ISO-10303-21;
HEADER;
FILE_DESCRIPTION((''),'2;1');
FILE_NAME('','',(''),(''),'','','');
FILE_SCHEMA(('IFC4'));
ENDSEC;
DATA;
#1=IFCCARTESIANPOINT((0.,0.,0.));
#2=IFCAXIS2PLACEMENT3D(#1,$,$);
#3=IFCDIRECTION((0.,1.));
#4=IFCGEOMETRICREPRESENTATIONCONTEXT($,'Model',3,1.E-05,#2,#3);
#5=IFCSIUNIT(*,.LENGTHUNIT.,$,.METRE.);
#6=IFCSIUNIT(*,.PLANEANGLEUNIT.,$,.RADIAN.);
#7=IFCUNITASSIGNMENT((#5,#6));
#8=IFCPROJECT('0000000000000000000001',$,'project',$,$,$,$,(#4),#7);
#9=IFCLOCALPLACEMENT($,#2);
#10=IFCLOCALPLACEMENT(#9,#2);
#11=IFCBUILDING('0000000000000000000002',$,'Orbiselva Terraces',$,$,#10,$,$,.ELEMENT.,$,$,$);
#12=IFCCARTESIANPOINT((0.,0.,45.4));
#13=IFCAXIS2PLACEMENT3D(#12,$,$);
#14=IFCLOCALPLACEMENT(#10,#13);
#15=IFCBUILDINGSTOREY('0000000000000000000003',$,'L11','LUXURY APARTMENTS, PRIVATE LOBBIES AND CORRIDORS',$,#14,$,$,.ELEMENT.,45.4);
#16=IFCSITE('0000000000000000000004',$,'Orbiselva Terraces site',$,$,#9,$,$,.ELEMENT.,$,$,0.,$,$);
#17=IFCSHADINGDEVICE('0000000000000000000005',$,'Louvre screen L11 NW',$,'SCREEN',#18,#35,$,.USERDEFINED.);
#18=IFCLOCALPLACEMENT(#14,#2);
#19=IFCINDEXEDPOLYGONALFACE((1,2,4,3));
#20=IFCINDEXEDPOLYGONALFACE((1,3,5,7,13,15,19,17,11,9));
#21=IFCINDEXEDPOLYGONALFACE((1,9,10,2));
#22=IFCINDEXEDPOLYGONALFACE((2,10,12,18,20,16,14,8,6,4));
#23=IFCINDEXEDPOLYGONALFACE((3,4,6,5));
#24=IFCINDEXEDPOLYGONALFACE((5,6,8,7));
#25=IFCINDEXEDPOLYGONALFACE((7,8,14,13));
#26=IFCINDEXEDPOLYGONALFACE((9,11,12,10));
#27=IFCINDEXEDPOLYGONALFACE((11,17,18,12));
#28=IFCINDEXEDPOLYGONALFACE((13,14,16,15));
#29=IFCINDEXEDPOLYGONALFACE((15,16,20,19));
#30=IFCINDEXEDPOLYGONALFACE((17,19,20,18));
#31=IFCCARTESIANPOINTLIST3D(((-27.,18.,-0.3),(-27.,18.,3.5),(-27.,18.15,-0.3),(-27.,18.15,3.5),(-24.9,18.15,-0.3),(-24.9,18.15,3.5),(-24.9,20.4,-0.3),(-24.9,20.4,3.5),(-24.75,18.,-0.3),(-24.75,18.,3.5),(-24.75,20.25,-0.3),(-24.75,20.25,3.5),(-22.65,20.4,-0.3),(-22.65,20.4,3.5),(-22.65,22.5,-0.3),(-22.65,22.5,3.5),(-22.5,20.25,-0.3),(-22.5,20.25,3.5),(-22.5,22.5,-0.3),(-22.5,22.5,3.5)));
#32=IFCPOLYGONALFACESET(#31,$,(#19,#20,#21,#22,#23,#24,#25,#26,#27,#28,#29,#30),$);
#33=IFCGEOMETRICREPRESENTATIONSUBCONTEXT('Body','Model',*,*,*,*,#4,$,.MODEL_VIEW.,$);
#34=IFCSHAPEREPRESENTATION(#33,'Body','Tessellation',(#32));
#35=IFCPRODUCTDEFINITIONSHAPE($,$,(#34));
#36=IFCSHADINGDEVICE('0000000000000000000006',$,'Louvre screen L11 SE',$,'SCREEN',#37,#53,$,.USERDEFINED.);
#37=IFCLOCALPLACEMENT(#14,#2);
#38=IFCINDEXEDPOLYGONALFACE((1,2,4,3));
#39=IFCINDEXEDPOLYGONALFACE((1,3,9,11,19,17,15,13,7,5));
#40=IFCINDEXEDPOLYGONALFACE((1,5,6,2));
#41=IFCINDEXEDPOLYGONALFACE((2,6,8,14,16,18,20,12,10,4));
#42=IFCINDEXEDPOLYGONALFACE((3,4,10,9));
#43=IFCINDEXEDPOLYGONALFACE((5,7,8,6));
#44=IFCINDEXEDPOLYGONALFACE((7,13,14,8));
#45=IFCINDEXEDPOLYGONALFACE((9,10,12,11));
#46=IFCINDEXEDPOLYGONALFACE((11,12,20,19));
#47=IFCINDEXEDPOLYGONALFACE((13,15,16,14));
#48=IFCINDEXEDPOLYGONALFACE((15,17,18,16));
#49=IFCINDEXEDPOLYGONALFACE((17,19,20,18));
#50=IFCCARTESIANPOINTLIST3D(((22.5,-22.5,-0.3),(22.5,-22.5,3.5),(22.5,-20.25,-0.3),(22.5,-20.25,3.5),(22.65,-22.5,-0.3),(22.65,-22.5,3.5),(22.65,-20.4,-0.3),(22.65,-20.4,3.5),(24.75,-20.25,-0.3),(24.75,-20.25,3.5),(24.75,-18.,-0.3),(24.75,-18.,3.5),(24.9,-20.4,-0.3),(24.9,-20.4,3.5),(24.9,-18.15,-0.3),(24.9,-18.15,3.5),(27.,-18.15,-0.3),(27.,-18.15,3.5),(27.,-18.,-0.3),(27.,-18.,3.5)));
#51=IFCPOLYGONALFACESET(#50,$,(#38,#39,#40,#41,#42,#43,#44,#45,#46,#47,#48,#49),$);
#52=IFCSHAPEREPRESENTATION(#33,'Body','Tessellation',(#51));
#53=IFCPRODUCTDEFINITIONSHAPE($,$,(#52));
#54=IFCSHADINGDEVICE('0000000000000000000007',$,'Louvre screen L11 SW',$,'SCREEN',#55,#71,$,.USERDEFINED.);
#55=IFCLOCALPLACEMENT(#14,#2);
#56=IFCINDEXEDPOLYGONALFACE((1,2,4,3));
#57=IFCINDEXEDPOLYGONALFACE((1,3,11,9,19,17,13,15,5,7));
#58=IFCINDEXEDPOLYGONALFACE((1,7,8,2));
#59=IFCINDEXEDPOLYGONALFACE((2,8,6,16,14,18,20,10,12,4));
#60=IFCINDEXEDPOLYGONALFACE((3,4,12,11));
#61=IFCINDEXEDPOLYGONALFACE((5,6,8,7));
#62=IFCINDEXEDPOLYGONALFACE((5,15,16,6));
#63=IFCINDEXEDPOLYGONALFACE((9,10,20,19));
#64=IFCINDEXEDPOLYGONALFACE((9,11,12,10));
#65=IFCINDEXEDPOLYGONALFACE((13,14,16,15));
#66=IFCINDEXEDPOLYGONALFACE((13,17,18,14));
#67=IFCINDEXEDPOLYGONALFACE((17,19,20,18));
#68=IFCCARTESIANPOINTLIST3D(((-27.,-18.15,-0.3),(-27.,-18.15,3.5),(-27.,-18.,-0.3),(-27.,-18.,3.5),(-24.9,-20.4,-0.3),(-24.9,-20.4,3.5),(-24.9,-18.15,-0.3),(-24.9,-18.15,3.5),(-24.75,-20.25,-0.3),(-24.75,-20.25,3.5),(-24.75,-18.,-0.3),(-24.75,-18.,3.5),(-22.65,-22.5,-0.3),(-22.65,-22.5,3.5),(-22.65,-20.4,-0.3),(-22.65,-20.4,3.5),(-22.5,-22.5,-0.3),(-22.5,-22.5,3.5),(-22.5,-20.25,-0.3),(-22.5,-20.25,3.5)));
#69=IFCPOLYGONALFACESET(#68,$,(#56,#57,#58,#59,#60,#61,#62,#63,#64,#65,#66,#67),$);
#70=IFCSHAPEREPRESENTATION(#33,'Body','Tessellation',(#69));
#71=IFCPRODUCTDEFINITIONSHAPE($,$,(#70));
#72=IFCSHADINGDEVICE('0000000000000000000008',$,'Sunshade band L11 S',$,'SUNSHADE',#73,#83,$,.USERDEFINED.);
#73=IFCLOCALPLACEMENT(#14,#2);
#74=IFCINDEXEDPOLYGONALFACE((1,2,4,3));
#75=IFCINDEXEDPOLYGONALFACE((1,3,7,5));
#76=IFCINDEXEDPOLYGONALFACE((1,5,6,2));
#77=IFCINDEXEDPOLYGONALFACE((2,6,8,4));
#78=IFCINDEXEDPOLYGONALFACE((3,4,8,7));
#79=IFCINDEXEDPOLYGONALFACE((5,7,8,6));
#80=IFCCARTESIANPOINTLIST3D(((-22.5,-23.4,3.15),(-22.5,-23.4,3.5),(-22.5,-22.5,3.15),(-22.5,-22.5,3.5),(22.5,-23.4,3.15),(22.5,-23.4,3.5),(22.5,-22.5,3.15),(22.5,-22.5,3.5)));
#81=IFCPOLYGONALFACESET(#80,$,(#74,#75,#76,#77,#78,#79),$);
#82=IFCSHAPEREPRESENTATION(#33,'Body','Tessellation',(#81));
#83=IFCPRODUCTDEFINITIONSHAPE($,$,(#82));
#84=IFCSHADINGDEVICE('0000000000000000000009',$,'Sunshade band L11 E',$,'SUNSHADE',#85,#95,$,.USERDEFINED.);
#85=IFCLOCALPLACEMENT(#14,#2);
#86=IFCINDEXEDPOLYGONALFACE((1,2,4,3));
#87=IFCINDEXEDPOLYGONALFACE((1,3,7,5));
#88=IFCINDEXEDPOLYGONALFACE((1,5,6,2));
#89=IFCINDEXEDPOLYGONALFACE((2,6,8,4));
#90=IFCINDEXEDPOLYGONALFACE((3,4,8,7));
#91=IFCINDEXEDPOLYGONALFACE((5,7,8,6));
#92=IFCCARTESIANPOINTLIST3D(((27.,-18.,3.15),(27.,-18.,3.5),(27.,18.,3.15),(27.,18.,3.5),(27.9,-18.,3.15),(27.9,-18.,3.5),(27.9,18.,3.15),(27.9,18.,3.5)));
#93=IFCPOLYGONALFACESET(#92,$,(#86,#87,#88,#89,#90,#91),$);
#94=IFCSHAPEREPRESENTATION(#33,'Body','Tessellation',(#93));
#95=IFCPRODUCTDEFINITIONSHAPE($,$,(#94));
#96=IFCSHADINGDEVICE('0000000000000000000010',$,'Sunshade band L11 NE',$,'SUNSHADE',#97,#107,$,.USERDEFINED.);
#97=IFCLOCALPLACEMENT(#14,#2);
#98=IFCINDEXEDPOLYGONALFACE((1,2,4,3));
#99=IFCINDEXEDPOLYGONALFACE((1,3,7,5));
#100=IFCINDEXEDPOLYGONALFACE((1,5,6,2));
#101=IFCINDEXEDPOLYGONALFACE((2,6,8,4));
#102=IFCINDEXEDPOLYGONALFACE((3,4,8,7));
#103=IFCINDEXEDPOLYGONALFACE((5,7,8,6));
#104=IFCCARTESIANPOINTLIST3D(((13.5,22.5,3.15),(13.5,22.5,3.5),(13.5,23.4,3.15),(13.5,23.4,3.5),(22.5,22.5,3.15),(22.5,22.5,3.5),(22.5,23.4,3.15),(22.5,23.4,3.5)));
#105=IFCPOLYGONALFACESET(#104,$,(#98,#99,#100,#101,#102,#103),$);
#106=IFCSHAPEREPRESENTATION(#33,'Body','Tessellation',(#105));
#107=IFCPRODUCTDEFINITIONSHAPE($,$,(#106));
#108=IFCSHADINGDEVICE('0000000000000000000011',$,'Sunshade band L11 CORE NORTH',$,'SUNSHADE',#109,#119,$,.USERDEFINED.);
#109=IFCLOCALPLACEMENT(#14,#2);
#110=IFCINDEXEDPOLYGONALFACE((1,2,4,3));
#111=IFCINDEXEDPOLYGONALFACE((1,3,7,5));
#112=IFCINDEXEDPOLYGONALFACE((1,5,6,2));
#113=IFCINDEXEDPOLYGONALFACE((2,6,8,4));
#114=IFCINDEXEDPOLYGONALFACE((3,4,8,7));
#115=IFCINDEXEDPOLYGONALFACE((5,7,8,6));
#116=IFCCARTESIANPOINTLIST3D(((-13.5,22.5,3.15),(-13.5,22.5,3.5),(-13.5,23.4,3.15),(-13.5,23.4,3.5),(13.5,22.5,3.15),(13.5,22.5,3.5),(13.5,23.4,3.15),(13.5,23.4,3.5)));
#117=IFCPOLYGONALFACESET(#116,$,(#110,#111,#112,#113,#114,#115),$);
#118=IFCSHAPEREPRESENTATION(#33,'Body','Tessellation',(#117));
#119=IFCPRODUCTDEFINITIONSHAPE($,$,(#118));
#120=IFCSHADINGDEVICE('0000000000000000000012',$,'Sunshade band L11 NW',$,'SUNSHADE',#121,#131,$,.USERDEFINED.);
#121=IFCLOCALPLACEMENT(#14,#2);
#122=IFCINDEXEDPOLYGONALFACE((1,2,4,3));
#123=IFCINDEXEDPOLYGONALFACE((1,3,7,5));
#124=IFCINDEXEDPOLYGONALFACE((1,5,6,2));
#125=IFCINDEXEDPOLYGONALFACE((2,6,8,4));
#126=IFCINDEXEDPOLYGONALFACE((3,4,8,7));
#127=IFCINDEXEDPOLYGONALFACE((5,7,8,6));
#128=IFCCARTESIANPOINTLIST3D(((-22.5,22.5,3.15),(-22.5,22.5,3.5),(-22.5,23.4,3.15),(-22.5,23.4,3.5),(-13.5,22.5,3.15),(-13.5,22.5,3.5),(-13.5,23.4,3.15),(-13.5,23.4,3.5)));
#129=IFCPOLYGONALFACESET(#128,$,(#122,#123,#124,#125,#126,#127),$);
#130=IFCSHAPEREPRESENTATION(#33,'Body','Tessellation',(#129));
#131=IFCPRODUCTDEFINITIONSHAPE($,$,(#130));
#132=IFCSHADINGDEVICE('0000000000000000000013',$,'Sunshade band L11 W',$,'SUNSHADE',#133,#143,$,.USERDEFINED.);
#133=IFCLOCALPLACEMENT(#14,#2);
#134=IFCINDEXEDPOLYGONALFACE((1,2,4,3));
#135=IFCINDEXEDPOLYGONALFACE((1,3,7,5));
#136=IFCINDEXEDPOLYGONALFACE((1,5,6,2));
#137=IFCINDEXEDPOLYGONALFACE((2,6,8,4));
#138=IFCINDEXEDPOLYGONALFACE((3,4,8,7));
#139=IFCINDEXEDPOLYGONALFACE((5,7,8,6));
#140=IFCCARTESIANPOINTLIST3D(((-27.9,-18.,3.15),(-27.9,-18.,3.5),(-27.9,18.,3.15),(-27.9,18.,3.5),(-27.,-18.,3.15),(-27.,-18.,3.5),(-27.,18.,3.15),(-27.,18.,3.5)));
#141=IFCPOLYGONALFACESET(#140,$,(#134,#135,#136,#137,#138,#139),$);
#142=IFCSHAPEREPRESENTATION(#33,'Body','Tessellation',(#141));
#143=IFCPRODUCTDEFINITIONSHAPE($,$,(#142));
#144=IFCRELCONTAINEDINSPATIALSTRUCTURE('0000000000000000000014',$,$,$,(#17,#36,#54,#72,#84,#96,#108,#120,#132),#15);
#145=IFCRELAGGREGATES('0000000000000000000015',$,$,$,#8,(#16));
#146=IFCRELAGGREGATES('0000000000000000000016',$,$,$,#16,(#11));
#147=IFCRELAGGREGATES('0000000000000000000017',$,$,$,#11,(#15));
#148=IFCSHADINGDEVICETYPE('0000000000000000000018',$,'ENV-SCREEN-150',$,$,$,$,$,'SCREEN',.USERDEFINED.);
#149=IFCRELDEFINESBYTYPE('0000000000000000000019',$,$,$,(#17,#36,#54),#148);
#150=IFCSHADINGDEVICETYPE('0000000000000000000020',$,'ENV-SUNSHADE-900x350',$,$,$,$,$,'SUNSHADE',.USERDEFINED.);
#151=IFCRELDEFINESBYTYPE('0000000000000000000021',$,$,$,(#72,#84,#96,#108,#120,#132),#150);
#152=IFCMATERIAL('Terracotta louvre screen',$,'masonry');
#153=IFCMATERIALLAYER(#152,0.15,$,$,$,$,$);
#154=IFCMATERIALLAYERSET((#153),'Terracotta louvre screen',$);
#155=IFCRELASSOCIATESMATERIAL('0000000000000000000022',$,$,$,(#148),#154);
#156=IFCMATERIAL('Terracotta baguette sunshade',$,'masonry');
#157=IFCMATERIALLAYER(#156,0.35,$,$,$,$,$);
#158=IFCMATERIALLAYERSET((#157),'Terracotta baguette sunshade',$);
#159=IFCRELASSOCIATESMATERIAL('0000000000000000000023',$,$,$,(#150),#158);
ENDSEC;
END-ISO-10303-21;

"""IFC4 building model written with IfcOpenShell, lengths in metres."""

from ifc_helpers import new_model, si_unit, direction, frame, origin, place, context, subcontext, project, spatial, polyline, outline, extrude, material, layer, layer_set, type_object, element, save


model = new_model("IFC4")

# Units and contexts
model_context = context("Model", 3, precision=1e-05, world=origin(), true_north=direction((0.0, 1.0)))
body_context = subcontext(model_context, "Body", "Model", "MODEL_VIEW")
ifc_project = project(units=[si_unit("LENGTHUNIT", "METRE"), si_unit("PLANEANGLEUNIT", "RADIAN")], contexts=[model_context])

# Site, building, storey
site_placement = place(None, origin())
site = spatial("IfcSite", under=ifc_project, at=site_placement, Name="Orbiselva Terraces site", CompositionType="ELEMENT", RefElevation=0.0)
building_placement = place(site_placement, origin())
building = spatial("IfcBuilding", under=site, at=building_placement, Name="Orbiselva Terraces", CompositionType="ELEMENT")
storey_placement = place(building_placement, frame((0.0, 0.0, 45.4)))
storey = spatial("IfcBuildingStorey", under=building, at=storey_placement, Name="L11", Description="LUXURY APARTMENTS, PRIVATE LOBBIES AND CORRIDORS", CompositionType="ELEMENT", Elevation=45.4)

# Shading devices
ifc_material_1 = material(Name="Terracotta louvre screen", Category="masonry")
ifc_layer_1 = layer(ifc_material_1, 0.15)
ifc_layer_set_1 = layer_set([ifc_layer_1], Name="Terracotta louvre screen")
shading_device_type_1 = type_object("IfcShadingDeviceType", Name="ENV-SCREEN-150", ElementType="SCREEN", PredefinedType="USERDEFINED", material=ifc_layer_set_1)
shading_device_1_placement = place(storey_placement, frame((0.0, 0.0, -0.3)))
element("IfcShadingDevice", 1, at=shading_device_1_placement, inside=storey, type_object=shading_device_type_1, Name="Louvre screen L11 NW", ObjectType="SCREEN", PredefinedType="USERDEFINED", context=body_context, shape_type="SweptSolid", body=[
    extrude(outline(polyline([(-22.65, 22.5), (-22.65, 20.4), (-24.9, 20.4), (-24.9, 18.15), (-27.0, 18.15), (-27.0, 18.0), (-24.75, 18.0), (-24.75, 20.25), (-22.5, 20.25), (-22.5, 22.5), (-22.65, 22.5)])), origin(), (0.0, 0.0, 1.0), 3.8),
])
shading_device_2_placement = place(storey_placement, frame((0.0, 0.0, -0.3)))
element("IfcShadingDevice", 2, at=shading_device_2_placement, inside=storey, type_object=shading_device_type_1, Name="Louvre screen L11 SE", ObjectType="SCREEN", PredefinedType="USERDEFINED", context=body_context, shape_type="SweptSolid", body=[
    extrude(outline(polyline([(22.65, -22.5), (22.65, -20.4), (24.9, -20.4), (24.9, -18.15), (27.0, -18.15), (27.0, -18.0), (24.75, -18.0), (24.75, -20.25), (22.5, -20.25), (22.5, -22.5), (22.65, -22.5)])), origin(), (0.0, 0.0, 1.0), 3.8),
])
shading_device_3_placement = place(storey_placement, frame((0.0, 0.0, -0.3)))
element("IfcShadingDevice", 3, at=shading_device_3_placement, inside=storey, type_object=shading_device_type_1, Name="Louvre screen L11 SW", ObjectType="SCREEN", PredefinedType="USERDEFINED", context=body_context, shape_type="SweptSolid", body=[
    extrude(outline(polyline([(-27.0, -18.15), (-24.9, -18.15), (-24.9, -20.4), (-22.65, -20.4), (-22.65, -22.5), (-22.5, -22.5), (-22.5, -20.25), (-24.75, -20.25), (-24.75, -18.0), (-27.0, -18.0), (-27.0, -18.15)])), origin(), (0.0, 0.0, 1.0), 3.8),
])
ifc_material_2 = material(Name="Terracotta baguette sunshade", Category="masonry")
ifc_layer_2 = layer(ifc_material_2, 0.35)
ifc_layer_set_2 = layer_set([ifc_layer_2], Name="Terracotta baguette sunshade")
shading_device_type_2 = type_object("IfcShadingDeviceType", Name="ENV-SUNSHADE-900x350", ElementType="SUNSHADE", PredefinedType="USERDEFINED", material=ifc_layer_set_2)
shading_device_4_placement = place(storey_placement, frame((0.0, 0.0, 3.15)))
element("IfcShadingDevice", 4, at=shading_device_4_placement, inside=storey, type_object=shading_device_type_2, Name="Sunshade band L11 S", ObjectType="SUNSHADE", PredefinedType="USERDEFINED", context=body_context, shape_type="SweptSolid", body=[
    extrude(outline(polyline([(-22.5, -23.4), (22.5, -23.4), (22.5, -22.5), (-22.5, -22.5), (-22.5, -23.4)])), origin(), (0.0, 0.0, 1.0), 0.35),
])
shading_device_5_placement = place(storey_placement, frame((0.0, 0.0, 3.15)))
element("IfcShadingDevice", 5, at=shading_device_5_placement, inside=storey, type_object=shading_device_type_2, Name="Sunshade band L11 E", ObjectType="SUNSHADE", PredefinedType="USERDEFINED", context=body_context, shape_type="SweptSolid", body=[
    extrude(outline(polyline([(27.9, -18.0), (27.9, 18.0), (27.0, 18.0), (27.0, -18.0), (27.9, -18.0)])), origin(), (0.0, 0.0, 1.0), 0.35),
])
shading_device_6_placement = place(storey_placement, frame((0.0, 0.0, 3.15)))
element("IfcShadingDevice", 6, at=shading_device_6_placement, inside=storey, type_object=shading_device_type_2, Name="Sunshade band L11 NE", ObjectType="SUNSHADE", PredefinedType="USERDEFINED", context=body_context, shape_type="SweptSolid", body=[
    extrude(outline(polyline([(22.5, 23.4), (13.5, 23.4), (13.5, 22.5), (22.5, 22.5), (22.5, 23.4)])), origin(), (0.0, 0.0, 1.0), 0.35),
])
shading_device_7_placement = place(storey_placement, frame((0.0, 0.0, 3.15)))
element("IfcShadingDevice", 7, at=shading_device_7_placement, inside=storey, type_object=shading_device_type_2, Name="Sunshade band L11 CORE NORTH", ObjectType="SUNSHADE", PredefinedType="USERDEFINED", context=body_context, shape_type="SweptSolid", body=[
    extrude(outline(polyline([(13.5, 23.4), (-13.5, 23.4), (-13.5, 22.5), (13.5, 22.5), (13.5, 23.4)])), origin(), (0.0, 0.0, 1.0), 0.35),
])
shading_device_8_placement = place(storey_placement, frame((0.0, 0.0, 3.15)))
element("IfcShadingDevice", 8, at=shading_device_8_placement, inside=storey, type_object=shading_device_type_2, Name="Sunshade band L11 NW", ObjectType="SUNSHADE", PredefinedType="USERDEFINED", context=body_context, shape_type="SweptSolid", body=[
    extrude(outline(polyline([(-13.5, 23.4), (-22.5, 23.4), (-22.5, 22.5), (-13.5, 22.5), (-13.5, 23.4)])), origin(), (0.0, 0.0, 1.0), 0.35),
])
shading_device_9_placement = place(storey_placement, frame((0.0, 0.0, 3.15)))
element("IfcShadingDevice", 9, at=shading_device_9_placement, inside=storey, type_object=shading_device_type_2, Name="Sunshade band L11 W", ObjectType="SUNSHADE", PredefinedType="USERDEFINED", context=body_context, shape_type="SweptSolid", body=[
    extrude(outline(polyline([(-27.9, 18.0), (-27.9, -18.0), (-27.0, -18.0), (-27.0, 18.0), (-27.9, 18.0)])), origin(), (0.0, 0.0, 1.0), 0.35),
])

save(model, "model.ifc")
